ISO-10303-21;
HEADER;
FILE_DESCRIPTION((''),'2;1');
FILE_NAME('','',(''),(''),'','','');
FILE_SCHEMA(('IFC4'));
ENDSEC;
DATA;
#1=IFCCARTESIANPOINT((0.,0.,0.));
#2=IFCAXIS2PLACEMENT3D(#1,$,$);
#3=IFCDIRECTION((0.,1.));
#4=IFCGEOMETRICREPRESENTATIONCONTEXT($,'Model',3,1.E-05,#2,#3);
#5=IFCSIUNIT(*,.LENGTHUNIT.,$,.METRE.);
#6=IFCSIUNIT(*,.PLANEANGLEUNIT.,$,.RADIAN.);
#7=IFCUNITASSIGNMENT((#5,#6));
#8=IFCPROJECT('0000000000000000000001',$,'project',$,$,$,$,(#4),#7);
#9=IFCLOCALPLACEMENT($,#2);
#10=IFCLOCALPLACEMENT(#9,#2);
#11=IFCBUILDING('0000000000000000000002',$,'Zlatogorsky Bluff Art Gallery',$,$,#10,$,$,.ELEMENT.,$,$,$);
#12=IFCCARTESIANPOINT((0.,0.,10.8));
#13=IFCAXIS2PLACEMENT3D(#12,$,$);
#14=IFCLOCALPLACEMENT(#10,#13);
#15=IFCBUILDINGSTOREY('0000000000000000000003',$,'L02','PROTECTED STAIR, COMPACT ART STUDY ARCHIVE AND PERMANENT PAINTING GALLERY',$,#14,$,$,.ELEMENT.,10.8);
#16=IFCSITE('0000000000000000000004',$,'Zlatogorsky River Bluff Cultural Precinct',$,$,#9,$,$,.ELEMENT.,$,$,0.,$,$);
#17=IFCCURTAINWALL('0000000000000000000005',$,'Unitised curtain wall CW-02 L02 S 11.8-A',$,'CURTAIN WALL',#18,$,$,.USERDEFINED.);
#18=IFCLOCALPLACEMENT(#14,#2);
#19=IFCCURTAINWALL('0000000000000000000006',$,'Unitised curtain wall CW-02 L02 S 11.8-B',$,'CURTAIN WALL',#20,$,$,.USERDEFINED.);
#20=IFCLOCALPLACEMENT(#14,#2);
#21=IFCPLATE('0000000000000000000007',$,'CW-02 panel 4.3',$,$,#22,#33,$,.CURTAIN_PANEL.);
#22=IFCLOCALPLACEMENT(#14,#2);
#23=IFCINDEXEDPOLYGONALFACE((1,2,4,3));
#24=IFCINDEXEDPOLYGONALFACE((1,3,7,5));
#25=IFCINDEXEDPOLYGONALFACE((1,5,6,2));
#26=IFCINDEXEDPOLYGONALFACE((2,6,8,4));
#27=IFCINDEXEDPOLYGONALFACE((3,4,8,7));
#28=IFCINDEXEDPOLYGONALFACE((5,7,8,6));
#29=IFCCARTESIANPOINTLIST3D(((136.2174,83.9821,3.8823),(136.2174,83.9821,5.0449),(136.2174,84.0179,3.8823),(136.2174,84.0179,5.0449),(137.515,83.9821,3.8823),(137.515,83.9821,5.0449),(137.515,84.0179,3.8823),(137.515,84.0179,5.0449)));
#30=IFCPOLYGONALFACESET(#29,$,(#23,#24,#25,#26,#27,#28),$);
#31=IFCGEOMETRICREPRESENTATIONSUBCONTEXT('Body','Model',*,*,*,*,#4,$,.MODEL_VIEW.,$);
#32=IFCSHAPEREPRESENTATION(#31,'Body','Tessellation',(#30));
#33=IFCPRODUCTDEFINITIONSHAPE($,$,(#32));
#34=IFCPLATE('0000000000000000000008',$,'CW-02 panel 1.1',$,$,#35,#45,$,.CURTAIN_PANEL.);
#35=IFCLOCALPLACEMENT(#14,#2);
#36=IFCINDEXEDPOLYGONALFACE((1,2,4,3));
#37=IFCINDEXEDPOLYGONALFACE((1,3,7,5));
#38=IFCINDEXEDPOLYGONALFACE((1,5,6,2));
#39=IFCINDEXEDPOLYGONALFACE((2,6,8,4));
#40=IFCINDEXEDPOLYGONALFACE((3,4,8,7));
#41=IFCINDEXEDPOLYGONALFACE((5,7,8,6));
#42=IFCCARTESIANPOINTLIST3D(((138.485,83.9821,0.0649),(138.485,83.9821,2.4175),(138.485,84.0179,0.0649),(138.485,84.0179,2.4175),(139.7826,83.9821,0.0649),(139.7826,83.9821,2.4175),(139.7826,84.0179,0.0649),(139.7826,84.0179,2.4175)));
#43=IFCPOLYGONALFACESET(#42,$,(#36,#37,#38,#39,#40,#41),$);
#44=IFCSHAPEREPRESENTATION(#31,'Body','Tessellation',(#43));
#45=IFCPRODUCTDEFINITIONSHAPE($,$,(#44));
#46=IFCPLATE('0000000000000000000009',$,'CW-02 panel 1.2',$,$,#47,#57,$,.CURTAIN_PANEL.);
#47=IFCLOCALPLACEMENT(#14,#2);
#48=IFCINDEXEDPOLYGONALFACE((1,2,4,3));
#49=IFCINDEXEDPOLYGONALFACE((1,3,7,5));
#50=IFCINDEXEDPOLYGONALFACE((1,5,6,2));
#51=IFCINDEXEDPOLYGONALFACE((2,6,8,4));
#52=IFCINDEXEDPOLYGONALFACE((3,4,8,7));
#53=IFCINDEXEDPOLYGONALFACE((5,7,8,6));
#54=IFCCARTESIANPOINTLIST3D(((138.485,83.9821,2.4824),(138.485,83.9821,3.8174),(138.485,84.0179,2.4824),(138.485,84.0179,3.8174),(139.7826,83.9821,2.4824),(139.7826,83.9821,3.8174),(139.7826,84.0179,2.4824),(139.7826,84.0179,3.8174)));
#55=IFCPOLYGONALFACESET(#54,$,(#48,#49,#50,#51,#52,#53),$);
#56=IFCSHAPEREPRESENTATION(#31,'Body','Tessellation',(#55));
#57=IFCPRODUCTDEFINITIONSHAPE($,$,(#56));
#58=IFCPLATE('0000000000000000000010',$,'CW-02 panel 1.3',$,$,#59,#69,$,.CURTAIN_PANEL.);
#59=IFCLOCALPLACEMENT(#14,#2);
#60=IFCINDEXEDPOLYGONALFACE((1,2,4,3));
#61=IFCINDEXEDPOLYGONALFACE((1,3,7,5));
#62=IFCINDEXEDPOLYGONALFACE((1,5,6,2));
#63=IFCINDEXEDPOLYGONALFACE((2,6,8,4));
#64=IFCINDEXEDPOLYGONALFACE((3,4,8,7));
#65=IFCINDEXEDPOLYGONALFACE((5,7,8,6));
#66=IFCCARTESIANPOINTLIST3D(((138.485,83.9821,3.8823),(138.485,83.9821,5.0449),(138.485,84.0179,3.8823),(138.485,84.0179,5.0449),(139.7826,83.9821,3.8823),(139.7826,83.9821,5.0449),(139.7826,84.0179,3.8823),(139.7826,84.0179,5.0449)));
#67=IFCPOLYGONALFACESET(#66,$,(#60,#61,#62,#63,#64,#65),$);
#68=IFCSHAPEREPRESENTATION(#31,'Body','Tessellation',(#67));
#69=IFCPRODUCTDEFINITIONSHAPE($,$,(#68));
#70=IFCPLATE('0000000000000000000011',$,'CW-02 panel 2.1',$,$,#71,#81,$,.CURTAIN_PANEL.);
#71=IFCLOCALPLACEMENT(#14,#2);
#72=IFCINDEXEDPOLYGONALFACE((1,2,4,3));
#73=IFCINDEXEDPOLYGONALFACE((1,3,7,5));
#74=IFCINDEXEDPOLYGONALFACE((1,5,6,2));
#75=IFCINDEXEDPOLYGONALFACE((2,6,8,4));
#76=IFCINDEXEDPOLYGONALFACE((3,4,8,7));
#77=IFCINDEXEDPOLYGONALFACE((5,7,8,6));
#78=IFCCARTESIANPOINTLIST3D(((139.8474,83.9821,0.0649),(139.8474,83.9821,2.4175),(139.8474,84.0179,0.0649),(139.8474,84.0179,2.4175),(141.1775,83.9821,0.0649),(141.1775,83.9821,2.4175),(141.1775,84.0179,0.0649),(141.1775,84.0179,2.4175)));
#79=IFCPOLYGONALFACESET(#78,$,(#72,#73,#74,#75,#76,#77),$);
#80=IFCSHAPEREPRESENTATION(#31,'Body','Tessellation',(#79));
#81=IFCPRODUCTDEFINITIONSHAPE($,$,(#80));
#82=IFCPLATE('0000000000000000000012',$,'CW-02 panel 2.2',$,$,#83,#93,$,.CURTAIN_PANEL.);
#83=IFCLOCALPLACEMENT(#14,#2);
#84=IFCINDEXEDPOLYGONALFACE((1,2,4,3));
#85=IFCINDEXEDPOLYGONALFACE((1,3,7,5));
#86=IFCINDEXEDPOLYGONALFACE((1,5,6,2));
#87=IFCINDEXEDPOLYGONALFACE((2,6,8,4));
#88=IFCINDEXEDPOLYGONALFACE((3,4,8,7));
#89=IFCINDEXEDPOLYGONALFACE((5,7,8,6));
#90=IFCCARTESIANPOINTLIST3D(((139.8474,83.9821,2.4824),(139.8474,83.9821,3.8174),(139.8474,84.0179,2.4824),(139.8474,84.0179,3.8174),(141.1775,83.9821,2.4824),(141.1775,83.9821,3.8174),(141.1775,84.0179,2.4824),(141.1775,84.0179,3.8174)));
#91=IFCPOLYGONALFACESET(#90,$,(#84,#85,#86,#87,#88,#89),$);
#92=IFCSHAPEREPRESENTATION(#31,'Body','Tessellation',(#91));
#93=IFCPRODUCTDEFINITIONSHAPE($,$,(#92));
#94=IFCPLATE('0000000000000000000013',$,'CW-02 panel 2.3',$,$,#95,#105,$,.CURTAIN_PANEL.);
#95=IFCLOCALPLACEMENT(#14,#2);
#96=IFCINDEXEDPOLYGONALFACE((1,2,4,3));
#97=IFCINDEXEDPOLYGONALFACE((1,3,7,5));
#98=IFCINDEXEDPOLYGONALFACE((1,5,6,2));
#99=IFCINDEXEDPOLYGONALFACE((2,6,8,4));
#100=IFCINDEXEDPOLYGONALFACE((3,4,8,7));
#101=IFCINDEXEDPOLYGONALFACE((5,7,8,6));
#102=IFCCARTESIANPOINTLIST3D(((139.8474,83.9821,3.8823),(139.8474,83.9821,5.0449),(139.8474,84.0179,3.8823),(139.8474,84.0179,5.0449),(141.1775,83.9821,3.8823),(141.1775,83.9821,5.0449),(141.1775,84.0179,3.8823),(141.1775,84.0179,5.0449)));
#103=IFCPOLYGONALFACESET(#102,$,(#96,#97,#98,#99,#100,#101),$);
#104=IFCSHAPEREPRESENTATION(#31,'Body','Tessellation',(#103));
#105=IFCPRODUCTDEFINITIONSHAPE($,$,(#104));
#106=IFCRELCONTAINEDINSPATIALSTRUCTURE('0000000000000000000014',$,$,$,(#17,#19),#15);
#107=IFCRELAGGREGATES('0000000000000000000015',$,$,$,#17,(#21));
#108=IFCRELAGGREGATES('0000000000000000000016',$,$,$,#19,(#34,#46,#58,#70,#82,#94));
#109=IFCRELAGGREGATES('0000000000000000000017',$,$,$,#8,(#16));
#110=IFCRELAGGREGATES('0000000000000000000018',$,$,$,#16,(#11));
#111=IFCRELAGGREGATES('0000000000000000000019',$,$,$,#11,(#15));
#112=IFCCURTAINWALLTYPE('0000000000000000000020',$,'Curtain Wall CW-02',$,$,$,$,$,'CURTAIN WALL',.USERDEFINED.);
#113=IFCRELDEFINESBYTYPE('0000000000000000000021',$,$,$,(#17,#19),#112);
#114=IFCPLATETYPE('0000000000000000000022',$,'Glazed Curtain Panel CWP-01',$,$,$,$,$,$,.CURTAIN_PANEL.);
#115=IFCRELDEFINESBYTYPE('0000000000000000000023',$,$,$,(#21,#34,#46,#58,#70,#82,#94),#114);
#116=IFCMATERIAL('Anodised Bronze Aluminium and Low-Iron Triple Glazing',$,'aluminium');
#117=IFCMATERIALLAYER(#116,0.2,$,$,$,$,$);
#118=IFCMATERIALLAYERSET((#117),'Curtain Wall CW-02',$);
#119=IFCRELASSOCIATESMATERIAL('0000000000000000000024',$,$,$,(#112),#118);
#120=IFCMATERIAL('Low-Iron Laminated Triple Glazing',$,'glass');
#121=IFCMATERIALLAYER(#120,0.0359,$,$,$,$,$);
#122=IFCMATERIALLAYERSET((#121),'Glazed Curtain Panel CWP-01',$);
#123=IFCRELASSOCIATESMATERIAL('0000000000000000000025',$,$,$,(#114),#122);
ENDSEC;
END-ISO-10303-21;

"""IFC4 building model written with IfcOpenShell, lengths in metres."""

from ifc_helpers import new_model, si_unit, direction, frame, origin, origin_2d, place, context, subcontext, project, spatial, rectangle, extrude, material, layer, layer_set, type_object, element, aggregate, save


model = new_model("IFC4")

# Units and contexts
model_context = context("Model", 3, precision=1e-05, world=origin(), true_north=direction((0.0, 1.0)))
body_context = subcontext(model_context, "Body", "Model", "MODEL_VIEW")
ifc_project = project(units=[si_unit("LENGTHUNIT", "METRE"), si_unit("PLANEANGLEUNIT", "RADIAN")], contexts=[model_context])

# Site, building, storey
site_placement = place(None, origin())
site = spatial("IfcSite", under=ifc_project, at=site_placement, Name="Zlatogorsky River Bluff Cultural Precinct", CompositionType="ELEMENT", RefElevation=0.0)
building_placement = place(site_placement, origin())
building = spatial("IfcBuilding", under=site, at=building_placement, Name="Zlatogorsky Bluff Art Gallery", CompositionType="ELEMENT")
storey_placement = place(building_placement, frame((0.0, 0.0, 10.8)))
storey = spatial("IfcBuildingStorey", under=building, at=storey_placement, Name="L02", Description="PROTECTED STAIR, COMPACT ART STUDY ARCHIVE AND PERMANENT PAINTING GALLERY", CompositionType="ELEMENT", Elevation=10.8)

# Curtain wall
ifc_material_1 = material(Name="Anodised Bronze Aluminium and Low-Iron Triple Glazing", Category="aluminium")
ifc_layer_1 = layer(ifc_material_1, 0.2)
ifc_layer_set_1 = layer_set([ifc_layer_1], Name="Curtain Wall CW-02")
curtain_wall_type = type_object("IfcCurtainWallType", Name="Curtain Wall CW-02", ElementType="CURTAIN WALL", PredefinedType="USERDEFINED", material=ifc_layer_set_1)
curtain_wall_1_placement = place(storey_placement, origin())
curtain_wall_1 = element("IfcCurtainWall", 1, at=curtain_wall_1_placement, inside=storey, type_object=curtain_wall_type, Name="Unitised curtain wall CW-02 L02 S 11.8-A", ObjectType="CURTAIN WALL", PredefinedType="USERDEFINED")

# Curtain wall
curtain_wall_2_placement = place(storey_placement, origin())
curtain_wall_2 = element("IfcCurtainWall", 2, at=curtain_wall_2_placement, inside=storey, type_object=curtain_wall_type, Name="Unitised curtain wall CW-02 L02 S 11.8-B", ObjectType="CURTAIN WALL", PredefinedType="USERDEFINED")

# Plates
ifc_material_2 = material(Name="Low-Iron Laminated Triple Glazing", Category="glass")
ifc_layer_2 = layer(ifc_material_2, 0.0359)
ifc_layer_set_2 = layer_set([ifc_layer_2], Name="Glazed Curtain Panel CWP-01")
plate_type = type_object("IfcPlateType", Name="Glazed Curtain Panel CWP-01", PredefinedType="CURTAIN_PANEL", material=ifc_layer_set_2)
plate_1_placement = place(storey_placement, frame((136.8662, 84.0, 3.8823), z_axis=(0.0, 0.0, 1.0), x_axis=(1.0, 0.0, 0.0)))
plate_1 = element("IfcPlate", 3, at=plate_1_placement, type_object=plate_type, Name="CW-02 panel 4.3", PredefinedType="CURTAIN_PANEL", context=body_context, shape_type="SweptSolid", body=[
    extrude(rectangle(XDim=1.2976, YDim=0.0359, at=origin_2d()), origin(), (0.0, 0.0, 1.0), 1.1626),
])
aggregate(curtain_wall_1, [plate_1])
plate_2_placement = place(storey_placement, frame((139.1338, 84.0, 0.0649), z_axis=(0.0, 0.0, 1.0), x_axis=(1.0, 0.0, 0.0)))
plate_2 = element("IfcPlate", 4, at=plate_2_placement, type_object=plate_type, Name="CW-02 panel 1.1", PredefinedType="CURTAIN_PANEL", context=body_context, shape_type="SweptSolid", body=[
    extrude(rectangle(XDim=1.2976, YDim=0.0359, at=origin_2d()), origin(), (0.0, 0.0, 1.0), 2.3525),
])
plate_3_placement = place(storey_placement, frame((139.1338, 84.0, 2.4824), z_axis=(0.0, 0.0, 1.0), x_axis=(1.0, 0.0, 0.0)))
plate_3 = element("IfcPlate", 5, at=plate_3_placement, type_object=plate_type, Name="CW-02 panel 1.2", PredefinedType="CURTAIN_PANEL", context=body_context, shape_type="SweptSolid", body=[
    extrude(rectangle(XDim=1.2976, YDim=0.0359, at=origin_2d()), origin(), (0.0, 0.0, 1.0), 1.335),
])
plate_4_placement = place(storey_placement, frame((139.1338, 84.0, 3.8823), z_axis=(0.0, 0.0, 1.0), x_axis=(1.0, 0.0, 0.0)))
plate_4 = element("IfcPlate", 6, at=plate_4_placement, type_object=plate_type, Name="CW-02 panel 1.3", PredefinedType="CURTAIN_PANEL", context=body_context, shape_type="SweptSolid", body=[
    extrude(rectangle(XDim=1.2976, YDim=0.0359, at=origin_2d()), origin(), (0.0, 0.0, 1.0), 1.1626),
])
plate_5_placement = place(storey_placement, frame((140.5125, 84.0, 0.0649), z_axis=(0.0, 0.0, 1.0), x_axis=(1.0, 0.0, 0.0)))
plate_5 = element("IfcPlate", 7, at=plate_5_placement, type_object=plate_type, Name="CW-02 panel 2.1", PredefinedType="CURTAIN_PANEL", context=body_context, shape_type="SweptSolid", body=[
    extrude(rectangle(XDim=1.3301, YDim=0.0359, at=origin_2d()), origin(), (0.0, 0.0, 1.0), 2.3525),
])
plate_6_placement = place(storey_placement, frame((140.5125, 84.0, 2.4824), z_axis=(0.0, 0.0, 1.0), x_axis=(1.0, 0.0, 0.0)))
plate_6 = element("IfcPlate", 8, at=plate_6_placement, type_object=plate_type, Name="CW-02 panel 2.2", PredefinedType="CURTAIN_PANEL", context=body_context, shape_type="SweptSolid", body=[
    extrude(rectangle(XDim=1.3301, YDim=0.0359, at=origin_2d()), origin(), (0.0, 0.0, 1.0), 1.335),
])
plate_7_placement = place(storey_placement, frame((140.5125, 84.0, 3.8823), z_axis=(0.0, 0.0, 1.0), x_axis=(1.0, 0.0, 0.0)))
plate_7 = element("IfcPlate", 9, at=plate_7_placement, type_object=plate_type, Name="CW-02 panel 2.3", PredefinedType="CURTAIN_PANEL", context=body_context, shape_type="SweptSolid", body=[
    extrude(rectangle(XDim=1.3301, YDim=0.0359, at=origin_2d()), origin(), (0.0, 0.0, 1.0), 1.1626),
])
aggregate(curtain_wall_2, [plate_2, plate_3, plate_4, plate_5, plate_6, plate_7])

save(model, "model.ifc")
